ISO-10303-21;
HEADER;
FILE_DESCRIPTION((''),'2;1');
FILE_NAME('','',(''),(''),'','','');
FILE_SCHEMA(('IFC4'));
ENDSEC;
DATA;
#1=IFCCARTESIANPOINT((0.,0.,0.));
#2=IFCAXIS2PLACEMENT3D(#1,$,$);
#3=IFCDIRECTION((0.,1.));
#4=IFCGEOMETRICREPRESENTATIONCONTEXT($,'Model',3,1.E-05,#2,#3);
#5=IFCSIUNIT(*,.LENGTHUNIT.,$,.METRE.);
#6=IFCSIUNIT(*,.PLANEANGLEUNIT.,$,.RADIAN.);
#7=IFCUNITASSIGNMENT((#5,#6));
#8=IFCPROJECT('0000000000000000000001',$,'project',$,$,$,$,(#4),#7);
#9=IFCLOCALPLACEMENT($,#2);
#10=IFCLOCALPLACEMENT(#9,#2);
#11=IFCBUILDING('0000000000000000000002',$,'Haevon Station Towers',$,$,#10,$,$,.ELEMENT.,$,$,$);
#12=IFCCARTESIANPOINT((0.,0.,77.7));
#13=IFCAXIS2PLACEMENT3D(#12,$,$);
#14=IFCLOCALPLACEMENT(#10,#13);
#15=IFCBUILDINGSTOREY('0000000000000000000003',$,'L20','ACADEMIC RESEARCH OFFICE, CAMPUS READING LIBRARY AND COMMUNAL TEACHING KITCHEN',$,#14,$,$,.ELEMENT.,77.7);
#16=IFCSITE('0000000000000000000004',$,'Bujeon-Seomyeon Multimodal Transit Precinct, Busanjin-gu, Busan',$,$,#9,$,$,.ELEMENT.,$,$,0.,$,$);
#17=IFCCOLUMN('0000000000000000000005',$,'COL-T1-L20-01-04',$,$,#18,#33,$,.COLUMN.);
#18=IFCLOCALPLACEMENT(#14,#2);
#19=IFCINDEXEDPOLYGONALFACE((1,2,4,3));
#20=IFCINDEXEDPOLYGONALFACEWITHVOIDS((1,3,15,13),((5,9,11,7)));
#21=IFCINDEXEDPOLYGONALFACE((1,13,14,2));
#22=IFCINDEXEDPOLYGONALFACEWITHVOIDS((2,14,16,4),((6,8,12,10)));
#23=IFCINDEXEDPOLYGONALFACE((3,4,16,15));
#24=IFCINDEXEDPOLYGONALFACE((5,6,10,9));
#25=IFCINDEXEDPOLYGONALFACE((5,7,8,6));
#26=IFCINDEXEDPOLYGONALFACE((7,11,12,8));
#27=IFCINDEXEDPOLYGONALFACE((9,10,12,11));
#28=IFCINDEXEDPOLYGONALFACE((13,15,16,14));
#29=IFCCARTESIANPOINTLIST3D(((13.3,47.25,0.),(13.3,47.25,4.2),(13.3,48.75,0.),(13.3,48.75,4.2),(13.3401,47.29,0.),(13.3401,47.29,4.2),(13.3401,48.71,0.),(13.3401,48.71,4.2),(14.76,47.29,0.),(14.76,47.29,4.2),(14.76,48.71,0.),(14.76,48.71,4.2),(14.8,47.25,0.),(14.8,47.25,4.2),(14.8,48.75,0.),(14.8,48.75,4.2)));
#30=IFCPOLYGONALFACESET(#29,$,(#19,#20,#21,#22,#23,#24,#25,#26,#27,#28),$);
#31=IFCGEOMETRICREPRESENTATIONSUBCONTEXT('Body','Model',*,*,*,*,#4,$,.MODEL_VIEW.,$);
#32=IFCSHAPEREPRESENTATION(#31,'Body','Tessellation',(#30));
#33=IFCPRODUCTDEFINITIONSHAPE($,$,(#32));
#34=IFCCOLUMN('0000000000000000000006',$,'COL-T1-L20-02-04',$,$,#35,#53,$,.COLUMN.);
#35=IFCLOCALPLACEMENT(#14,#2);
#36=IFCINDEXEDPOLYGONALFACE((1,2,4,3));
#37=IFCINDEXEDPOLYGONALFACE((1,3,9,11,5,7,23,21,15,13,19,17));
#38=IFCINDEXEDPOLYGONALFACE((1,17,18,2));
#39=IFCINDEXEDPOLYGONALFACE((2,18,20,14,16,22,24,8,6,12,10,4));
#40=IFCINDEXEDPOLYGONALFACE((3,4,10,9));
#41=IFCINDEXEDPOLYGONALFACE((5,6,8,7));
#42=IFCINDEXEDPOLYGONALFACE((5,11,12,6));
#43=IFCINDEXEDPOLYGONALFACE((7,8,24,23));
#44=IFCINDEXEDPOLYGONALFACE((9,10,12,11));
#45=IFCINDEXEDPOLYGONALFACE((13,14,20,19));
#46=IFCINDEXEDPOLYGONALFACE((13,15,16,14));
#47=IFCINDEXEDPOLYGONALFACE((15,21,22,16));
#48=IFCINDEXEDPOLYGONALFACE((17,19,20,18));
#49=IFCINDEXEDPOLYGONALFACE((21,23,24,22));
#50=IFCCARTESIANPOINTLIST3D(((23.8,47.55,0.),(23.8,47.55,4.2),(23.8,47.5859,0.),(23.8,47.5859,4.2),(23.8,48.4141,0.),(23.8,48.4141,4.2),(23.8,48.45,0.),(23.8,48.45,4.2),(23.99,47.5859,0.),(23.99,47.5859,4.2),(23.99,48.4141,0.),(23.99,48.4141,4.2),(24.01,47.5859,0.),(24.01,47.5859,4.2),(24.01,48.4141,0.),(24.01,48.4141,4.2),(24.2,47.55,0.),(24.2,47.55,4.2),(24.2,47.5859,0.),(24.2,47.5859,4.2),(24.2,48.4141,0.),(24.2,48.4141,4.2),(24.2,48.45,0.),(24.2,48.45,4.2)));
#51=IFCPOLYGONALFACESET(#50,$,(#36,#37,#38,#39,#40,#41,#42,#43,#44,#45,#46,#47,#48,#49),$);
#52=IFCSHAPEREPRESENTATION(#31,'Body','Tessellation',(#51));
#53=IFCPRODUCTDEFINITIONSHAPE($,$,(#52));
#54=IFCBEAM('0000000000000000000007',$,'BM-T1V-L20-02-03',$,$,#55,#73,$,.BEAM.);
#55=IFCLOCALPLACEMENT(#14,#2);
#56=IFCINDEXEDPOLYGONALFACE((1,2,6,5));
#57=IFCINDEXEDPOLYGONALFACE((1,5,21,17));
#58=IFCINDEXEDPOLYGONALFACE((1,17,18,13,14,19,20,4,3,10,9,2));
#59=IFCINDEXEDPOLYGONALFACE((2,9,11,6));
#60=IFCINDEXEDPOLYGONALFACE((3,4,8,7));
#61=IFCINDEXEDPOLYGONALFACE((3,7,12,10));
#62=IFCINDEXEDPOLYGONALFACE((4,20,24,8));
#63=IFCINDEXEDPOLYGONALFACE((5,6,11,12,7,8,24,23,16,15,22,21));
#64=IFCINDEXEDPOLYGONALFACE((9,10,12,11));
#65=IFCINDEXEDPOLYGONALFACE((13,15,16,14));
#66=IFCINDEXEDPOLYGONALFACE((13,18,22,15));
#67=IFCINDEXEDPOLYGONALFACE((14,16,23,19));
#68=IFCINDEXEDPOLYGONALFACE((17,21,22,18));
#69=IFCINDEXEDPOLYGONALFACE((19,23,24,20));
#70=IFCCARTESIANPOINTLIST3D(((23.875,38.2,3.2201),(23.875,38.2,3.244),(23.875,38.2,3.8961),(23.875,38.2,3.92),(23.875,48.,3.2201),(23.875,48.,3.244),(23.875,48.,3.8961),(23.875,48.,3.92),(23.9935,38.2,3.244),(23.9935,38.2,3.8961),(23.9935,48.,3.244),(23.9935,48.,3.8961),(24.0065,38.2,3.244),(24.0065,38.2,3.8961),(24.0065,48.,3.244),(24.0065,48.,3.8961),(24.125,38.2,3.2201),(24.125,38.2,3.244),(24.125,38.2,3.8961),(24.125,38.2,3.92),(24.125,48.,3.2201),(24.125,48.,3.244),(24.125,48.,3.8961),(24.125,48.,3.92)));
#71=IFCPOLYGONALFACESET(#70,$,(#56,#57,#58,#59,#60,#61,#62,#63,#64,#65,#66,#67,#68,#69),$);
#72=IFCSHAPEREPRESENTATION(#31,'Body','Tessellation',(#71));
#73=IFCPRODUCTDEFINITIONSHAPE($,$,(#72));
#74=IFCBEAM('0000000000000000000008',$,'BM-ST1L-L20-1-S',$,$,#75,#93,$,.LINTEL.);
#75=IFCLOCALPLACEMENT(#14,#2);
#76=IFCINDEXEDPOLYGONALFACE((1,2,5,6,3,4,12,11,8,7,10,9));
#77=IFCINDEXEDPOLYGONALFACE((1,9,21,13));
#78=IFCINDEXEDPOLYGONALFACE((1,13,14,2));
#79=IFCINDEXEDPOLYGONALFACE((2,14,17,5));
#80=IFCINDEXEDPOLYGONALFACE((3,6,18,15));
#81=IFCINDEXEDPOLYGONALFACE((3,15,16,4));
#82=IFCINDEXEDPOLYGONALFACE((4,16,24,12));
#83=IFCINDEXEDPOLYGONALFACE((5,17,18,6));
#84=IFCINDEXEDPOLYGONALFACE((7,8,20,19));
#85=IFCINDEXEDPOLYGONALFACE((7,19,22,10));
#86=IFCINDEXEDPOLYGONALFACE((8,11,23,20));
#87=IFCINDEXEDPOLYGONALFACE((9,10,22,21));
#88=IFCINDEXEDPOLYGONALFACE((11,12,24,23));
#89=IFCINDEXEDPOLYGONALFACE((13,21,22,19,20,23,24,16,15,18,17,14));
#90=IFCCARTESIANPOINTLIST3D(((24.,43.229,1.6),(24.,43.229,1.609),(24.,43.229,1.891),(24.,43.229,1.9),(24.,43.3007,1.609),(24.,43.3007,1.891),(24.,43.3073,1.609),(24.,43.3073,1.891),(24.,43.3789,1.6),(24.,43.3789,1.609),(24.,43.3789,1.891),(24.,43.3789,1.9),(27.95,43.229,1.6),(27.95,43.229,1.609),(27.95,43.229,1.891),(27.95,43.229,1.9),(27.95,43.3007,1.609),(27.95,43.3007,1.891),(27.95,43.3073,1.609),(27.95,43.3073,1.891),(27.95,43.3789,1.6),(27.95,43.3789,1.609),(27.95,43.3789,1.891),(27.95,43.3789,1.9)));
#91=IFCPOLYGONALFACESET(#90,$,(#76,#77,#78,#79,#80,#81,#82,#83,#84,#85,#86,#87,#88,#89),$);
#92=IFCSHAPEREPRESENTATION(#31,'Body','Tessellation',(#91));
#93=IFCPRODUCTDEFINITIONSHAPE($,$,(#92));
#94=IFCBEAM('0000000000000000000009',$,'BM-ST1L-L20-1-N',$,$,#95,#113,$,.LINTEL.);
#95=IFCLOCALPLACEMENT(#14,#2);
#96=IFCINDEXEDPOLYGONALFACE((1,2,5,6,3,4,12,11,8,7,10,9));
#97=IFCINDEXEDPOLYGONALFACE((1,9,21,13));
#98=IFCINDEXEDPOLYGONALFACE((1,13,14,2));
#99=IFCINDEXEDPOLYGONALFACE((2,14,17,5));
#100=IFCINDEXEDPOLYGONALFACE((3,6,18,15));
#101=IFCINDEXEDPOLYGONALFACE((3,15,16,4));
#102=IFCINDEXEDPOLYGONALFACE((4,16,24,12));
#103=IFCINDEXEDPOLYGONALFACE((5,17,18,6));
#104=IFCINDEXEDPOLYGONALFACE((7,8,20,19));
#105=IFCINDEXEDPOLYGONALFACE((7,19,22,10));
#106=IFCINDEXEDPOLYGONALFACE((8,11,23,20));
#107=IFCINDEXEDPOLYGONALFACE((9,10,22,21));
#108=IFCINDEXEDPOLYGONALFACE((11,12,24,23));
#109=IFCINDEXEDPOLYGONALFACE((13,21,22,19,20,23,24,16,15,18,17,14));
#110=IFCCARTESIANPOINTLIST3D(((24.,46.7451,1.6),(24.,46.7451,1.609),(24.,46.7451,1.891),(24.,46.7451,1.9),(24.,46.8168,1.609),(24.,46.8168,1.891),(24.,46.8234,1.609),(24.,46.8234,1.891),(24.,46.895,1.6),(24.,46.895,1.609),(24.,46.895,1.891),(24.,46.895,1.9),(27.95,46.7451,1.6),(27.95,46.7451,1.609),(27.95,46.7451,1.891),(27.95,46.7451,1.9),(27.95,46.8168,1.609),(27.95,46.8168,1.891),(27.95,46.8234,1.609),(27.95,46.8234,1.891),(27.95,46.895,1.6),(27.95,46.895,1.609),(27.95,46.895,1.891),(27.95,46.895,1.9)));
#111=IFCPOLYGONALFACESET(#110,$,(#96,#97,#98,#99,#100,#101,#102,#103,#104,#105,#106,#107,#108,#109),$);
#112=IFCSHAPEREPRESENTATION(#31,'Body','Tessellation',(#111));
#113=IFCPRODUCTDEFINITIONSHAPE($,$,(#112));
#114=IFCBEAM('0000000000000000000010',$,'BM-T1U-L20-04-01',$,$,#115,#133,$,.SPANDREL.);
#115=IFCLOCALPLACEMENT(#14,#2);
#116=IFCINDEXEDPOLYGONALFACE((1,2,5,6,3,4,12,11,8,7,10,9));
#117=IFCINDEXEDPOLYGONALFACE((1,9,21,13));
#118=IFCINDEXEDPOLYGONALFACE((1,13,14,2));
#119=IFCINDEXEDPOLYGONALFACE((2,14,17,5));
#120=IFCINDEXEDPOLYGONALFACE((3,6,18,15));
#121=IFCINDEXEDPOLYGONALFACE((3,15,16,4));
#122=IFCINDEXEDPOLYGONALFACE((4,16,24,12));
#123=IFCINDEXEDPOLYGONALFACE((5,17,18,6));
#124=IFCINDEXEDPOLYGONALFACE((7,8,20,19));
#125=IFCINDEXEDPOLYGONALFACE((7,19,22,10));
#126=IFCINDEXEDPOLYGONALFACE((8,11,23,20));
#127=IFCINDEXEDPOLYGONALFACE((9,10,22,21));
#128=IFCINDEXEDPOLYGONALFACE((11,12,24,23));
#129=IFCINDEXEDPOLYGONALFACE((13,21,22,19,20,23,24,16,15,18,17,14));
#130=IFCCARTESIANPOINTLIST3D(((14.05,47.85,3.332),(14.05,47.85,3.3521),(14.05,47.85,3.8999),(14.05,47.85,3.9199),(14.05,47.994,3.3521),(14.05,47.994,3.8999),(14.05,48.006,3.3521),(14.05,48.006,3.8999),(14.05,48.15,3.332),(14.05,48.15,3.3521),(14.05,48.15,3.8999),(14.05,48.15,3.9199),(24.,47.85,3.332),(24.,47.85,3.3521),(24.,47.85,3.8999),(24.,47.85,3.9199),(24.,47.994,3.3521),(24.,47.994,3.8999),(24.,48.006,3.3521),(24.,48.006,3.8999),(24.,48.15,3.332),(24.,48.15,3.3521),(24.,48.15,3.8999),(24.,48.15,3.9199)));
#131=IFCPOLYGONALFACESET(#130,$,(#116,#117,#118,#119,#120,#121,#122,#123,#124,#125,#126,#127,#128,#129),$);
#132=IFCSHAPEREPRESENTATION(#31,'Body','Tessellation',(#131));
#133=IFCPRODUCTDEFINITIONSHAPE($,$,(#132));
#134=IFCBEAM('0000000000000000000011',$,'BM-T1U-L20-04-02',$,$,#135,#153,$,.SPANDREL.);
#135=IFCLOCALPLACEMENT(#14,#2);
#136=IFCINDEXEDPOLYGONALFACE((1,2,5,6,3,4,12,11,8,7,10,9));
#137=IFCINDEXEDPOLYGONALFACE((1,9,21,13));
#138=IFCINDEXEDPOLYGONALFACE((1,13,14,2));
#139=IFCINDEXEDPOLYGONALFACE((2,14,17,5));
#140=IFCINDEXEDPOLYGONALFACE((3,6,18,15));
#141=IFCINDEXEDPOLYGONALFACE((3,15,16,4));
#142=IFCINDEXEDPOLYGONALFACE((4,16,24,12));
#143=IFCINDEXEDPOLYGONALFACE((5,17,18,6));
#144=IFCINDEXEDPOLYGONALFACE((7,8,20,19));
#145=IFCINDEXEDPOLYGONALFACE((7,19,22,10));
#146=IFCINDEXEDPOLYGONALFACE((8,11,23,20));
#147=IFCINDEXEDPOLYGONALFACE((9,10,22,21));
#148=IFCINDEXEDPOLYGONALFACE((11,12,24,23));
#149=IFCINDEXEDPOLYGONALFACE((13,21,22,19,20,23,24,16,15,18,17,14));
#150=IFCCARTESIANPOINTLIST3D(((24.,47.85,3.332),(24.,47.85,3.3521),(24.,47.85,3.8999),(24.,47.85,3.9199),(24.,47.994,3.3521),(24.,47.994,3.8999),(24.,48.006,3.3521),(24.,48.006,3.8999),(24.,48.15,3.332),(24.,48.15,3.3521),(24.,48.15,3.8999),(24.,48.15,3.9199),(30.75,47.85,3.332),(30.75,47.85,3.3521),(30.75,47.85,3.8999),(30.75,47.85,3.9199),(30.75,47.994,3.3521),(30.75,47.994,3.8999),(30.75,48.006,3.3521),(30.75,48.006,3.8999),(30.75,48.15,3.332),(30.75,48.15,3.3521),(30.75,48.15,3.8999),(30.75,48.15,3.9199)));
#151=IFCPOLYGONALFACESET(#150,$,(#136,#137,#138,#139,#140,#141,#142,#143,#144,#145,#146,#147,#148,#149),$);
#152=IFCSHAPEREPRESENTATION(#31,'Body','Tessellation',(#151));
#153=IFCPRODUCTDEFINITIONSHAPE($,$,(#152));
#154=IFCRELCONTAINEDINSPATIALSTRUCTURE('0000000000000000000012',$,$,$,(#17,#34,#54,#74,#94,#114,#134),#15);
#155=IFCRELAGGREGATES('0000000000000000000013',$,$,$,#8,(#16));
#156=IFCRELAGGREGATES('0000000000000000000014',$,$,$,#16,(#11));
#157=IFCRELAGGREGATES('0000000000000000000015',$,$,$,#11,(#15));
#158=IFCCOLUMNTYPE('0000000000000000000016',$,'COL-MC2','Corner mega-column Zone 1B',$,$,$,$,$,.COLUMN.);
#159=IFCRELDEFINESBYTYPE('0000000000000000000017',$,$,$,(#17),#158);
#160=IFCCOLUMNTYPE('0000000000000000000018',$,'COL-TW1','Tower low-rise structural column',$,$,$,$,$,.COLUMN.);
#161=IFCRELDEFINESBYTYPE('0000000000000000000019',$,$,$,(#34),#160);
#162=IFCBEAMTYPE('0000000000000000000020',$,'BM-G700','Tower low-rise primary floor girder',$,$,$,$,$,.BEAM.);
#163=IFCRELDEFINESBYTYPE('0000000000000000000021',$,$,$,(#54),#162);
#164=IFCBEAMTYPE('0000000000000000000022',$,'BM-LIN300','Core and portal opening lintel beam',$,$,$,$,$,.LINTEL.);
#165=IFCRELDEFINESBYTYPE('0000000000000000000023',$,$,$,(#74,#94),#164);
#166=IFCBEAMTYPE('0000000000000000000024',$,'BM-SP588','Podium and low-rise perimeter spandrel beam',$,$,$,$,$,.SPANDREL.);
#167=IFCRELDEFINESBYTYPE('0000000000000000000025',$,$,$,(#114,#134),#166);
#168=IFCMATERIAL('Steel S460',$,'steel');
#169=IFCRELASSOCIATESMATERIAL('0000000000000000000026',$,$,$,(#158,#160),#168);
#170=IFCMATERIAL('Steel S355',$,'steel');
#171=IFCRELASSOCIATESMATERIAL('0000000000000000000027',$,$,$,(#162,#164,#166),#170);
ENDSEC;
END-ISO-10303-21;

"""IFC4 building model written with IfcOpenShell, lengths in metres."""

from ifc_helpers import new_model, si_unit, direction, frame, origin, origin_2d, place, context, subcontext, project, spatial, hollow_rectangle, i_section, extrude, material, material_profile, profile_set, type_object, element, save


model = new_model("IFC4")

# Units and contexts
model_context = context("Model", 3, precision=1e-05, world=origin(), true_north=direction((0.0, 1.0)))
body_context = subcontext(model_context, "Body", "Model", "MODEL_VIEW")
ifc_project = project(units=[si_unit("LENGTHUNIT", "METRE"), si_unit("PLANEANGLEUNIT", "RADIAN")], contexts=[model_context])

# Site, building, storey
site_placement = place(None, origin())
site = spatial("IfcSite", under=ifc_project, at=site_placement, Name="Bujeon-Seomyeon Multimodal Transit Precinct, Busanjin-gu, Busan", CompositionType="ELEMENT", RefElevation=0.0)
building_placement = place(site_placement, origin())
building = spatial("IfcBuilding", under=site, at=building_placement, Name="Haevon Station Towers", CompositionType="ELEMENT")
storey_placement = place(building_placement, frame((0.0, 0.0, 77.7)))
storey = spatial("IfcBuildingStorey", under=building, at=storey_placement, Name="L20", Description="ACADEMIC RESEARCH OFFICE, CAMPUS READING LIBRARY AND COMMUNAL TEACHING KITCHEN", CompositionType="ELEMENT", Elevation=77.7)

# Columns
ifc_material_1 = material(Name="Steel S460", Category="steel")
ifc_material_profile_1 = material_profile(ifc_material_1, hollow_rectangle(XDim=1.5, YDim=1.5, WallThickness=0.04, at=origin_2d()), Name="BOX-1500x1500x40")
ifc_profile_set_1 = profile_set([ifc_material_profile_1], Name="Steel S460")
column_type_1 = type_object("IfcColumnType", Name="COL-MC2", Description="Corner mega-column Zone 1B", PredefinedType="COLUMN", material=ifc_profile_set_1)
column_1_placement = place(storey_placement, frame((14.05, 48.0, 0.0), z_axis=(0.0, 0.0, 1.0), x_axis=(1.0, 0.0, 0.0)))
element("IfcColumn", 1, at=column_1_placement, inside=storey, type_object=column_type_1, Name="COL-T1-L20-01-04", PredefinedType="COLUMN", context=body_context, shape_type="SweptSolid", body=[
    extrude(hollow_rectangle(XDim=1.5, YDim=1.5, WallThickness=0.04, at=origin_2d()), origin(), (0.0, 0.0, 1.0), 4.2),
])
ifc_material_profile_2 = material_profile(ifc_material_1, i_section(OverallWidth=0.3999, OverallDepth=0.8999, WebThickness=0.02, FlangeThickness=0.0359, at=origin_2d()), Name="H-900x400x20x36")
ifc_profile_set_2 = profile_set([ifc_material_profile_2], Name="Steel S460")
column_type_2 = type_object("IfcColumnType", Name="COL-TW1", Description="Tower low-rise structural column", PredefinedType="COLUMN", material=ifc_profile_set_2)
column_2_placement = place(storey_placement, frame((24.0, 48.0, 0.0), z_axis=(0.0, 0.0, 1.0), x_axis=(1.0, 0.0, 0.0)))
element("IfcColumn", 2, at=column_2_placement, inside=storey, type_object=column_type_2, Name="COL-T1-L20-02-04", PredefinedType="COLUMN", context=body_context, shape_type="SweptSolid", body=[
    extrude(i_section(OverallWidth=0.3999, OverallDepth=0.8999, WebThickness=0.02, FlangeThickness=0.0359, at=origin_2d()), origin(), (0.0, 0.0, 1.0), 4.2),
])

# Beams
ifc_material_2 = material(Name="Steel S355", Category="steel")
ifc_material_profile_3 = material_profile(ifc_material_2, i_section(OverallWidth=0.25, OverallDepth=0.7, WebThickness=0.0129, FlangeThickness=0.0239, at=origin_2d()), Name="H-700x250x13x24")
ifc_profile_set_3 = profile_set([ifc_material_profile_3], Name="Steel S355")
beam_type_1 = type_object("IfcBeamType", Name="BM-G700", Description="Tower low-rise primary floor girder", PredefinedType="BEAM", material=ifc_profile_set_3)
beam_1_placement = place(storey_placement, frame((24.0, 38.2, 3.5701), z_axis=(0.0, 1.0, 0.0), x_axis=(-1.0, 0.0, 0.0)))
element("IfcBeam", 3, at=beam_1_placement, inside=storey, type_object=beam_type_1, Name="BM-T1V-L20-02-03", PredefinedType="BEAM", context=body_context, shape_type="SweptSolid", body=[
    extrude(i_section(OverallWidth=0.25, OverallDepth=0.7, WebThickness=0.0129, FlangeThickness=0.0239, at=origin_2d()), origin(), (0.0, 0.0, 1.0), 9.8),
])
ifc_material_profile_4 = material_profile(ifc_material_2, i_section(OverallWidth=0.1499, OverallDepth=0.3, WebThickness=0.0066, FlangeThickness=0.009, at=origin_2d()), Name="H-300x150x6.5x9")
ifc_profile_set_4 = profile_set([ifc_material_profile_4], Name="Steel S355")
beam_type_2 = type_object("IfcBeamType", Name="BM-LIN300", Description="Core and portal opening lintel beam", PredefinedType="LINTEL", material=ifc_profile_set_4)
for number, where, z_axis, x_axis, name in (
    (4, (24.0, 43.304, 1.75), (1.0, 0.0, 0.0), (0.0, 1.0, 0.0), "BM-ST1L-L20-1-S"),
    (5, (24.0, 46.8201, 1.75), (1.0, 0.0, 0.0), (0.0, 1.0, 0.0), "BM-ST1L-L20-1-N"),
):
    element("IfcBeam", number, at=place(storey_placement, frame(where, z_axis=z_axis, x_axis=x_axis)), inside=storey, type_object=beam_type_2, Name=name, PredefinedType="LINTEL", context=body_context, shape_type="SweptSolid", body=[
        extrude(i_section(OverallWidth=0.1499, OverallDepth=0.3, WebThickness=0.0066, FlangeThickness=0.009, at=origin_2d()), origin(), (0.0, 0.0, 1.0), 3.95),
    ])
ifc_material_profile_5 = material_profile(ifc_material_2, i_section(OverallWidth=0.3, OverallDepth=0.5879, WebThickness=0.012, FlangeThickness=0.02, at=origin_2d()), Name="H-588x300x12x20")
ifc_profile_set_5 = profile_set([ifc_material_profile_5], Name="Steel S355")
beam_type_3 = type_object("IfcBeamType", Name="BM-SP588", Description="Podium and low-rise perimeter spandrel beam", PredefinedType="SPANDREL", material=ifc_profile_set_5)
beam_2_placement = place(storey_placement, frame((14.05, 48.0, 3.626), z_axis=(1.0, 0.0, 0.0), x_axis=(0.0, 1.0, 0.0)))
element("IfcBeam", 6, at=beam_2_placement, inside=storey, type_object=beam_type_3, Name="BM-T1U-L20-04-01", PredefinedType="SPANDREL", context=body_context, shape_type="SweptSolid", body=[
    extrude(i_section(OverallWidth=0.3, OverallDepth=0.5879, WebThickness=0.012, FlangeThickness=0.02, at=origin_2d()), origin(), (0.0, 0.0, 1.0), 9.95),
])
beam_3_placement = place(storey_placement, frame((24.0, 48.0, 3.626), z_axis=(1.0, 0.0, 0.0), x_axis=(0.0, 1.0, 0.0)))
element("IfcBeam", 7, at=beam_3_placement, inside=storey, type_object=beam_type_3, Name="BM-T1U-L20-04-02", PredefinedType="SPANDREL", context=body_context, shape_type="SweptSolid", body=[
    extrude(i_section(OverallWidth=0.3, OverallDepth=0.5879, WebThickness=0.012, FlangeThickness=0.02, at=origin_2d()), origin(), (0.0, 0.0, 1.0), 6.75),
])

save(model, "model.ifc")
